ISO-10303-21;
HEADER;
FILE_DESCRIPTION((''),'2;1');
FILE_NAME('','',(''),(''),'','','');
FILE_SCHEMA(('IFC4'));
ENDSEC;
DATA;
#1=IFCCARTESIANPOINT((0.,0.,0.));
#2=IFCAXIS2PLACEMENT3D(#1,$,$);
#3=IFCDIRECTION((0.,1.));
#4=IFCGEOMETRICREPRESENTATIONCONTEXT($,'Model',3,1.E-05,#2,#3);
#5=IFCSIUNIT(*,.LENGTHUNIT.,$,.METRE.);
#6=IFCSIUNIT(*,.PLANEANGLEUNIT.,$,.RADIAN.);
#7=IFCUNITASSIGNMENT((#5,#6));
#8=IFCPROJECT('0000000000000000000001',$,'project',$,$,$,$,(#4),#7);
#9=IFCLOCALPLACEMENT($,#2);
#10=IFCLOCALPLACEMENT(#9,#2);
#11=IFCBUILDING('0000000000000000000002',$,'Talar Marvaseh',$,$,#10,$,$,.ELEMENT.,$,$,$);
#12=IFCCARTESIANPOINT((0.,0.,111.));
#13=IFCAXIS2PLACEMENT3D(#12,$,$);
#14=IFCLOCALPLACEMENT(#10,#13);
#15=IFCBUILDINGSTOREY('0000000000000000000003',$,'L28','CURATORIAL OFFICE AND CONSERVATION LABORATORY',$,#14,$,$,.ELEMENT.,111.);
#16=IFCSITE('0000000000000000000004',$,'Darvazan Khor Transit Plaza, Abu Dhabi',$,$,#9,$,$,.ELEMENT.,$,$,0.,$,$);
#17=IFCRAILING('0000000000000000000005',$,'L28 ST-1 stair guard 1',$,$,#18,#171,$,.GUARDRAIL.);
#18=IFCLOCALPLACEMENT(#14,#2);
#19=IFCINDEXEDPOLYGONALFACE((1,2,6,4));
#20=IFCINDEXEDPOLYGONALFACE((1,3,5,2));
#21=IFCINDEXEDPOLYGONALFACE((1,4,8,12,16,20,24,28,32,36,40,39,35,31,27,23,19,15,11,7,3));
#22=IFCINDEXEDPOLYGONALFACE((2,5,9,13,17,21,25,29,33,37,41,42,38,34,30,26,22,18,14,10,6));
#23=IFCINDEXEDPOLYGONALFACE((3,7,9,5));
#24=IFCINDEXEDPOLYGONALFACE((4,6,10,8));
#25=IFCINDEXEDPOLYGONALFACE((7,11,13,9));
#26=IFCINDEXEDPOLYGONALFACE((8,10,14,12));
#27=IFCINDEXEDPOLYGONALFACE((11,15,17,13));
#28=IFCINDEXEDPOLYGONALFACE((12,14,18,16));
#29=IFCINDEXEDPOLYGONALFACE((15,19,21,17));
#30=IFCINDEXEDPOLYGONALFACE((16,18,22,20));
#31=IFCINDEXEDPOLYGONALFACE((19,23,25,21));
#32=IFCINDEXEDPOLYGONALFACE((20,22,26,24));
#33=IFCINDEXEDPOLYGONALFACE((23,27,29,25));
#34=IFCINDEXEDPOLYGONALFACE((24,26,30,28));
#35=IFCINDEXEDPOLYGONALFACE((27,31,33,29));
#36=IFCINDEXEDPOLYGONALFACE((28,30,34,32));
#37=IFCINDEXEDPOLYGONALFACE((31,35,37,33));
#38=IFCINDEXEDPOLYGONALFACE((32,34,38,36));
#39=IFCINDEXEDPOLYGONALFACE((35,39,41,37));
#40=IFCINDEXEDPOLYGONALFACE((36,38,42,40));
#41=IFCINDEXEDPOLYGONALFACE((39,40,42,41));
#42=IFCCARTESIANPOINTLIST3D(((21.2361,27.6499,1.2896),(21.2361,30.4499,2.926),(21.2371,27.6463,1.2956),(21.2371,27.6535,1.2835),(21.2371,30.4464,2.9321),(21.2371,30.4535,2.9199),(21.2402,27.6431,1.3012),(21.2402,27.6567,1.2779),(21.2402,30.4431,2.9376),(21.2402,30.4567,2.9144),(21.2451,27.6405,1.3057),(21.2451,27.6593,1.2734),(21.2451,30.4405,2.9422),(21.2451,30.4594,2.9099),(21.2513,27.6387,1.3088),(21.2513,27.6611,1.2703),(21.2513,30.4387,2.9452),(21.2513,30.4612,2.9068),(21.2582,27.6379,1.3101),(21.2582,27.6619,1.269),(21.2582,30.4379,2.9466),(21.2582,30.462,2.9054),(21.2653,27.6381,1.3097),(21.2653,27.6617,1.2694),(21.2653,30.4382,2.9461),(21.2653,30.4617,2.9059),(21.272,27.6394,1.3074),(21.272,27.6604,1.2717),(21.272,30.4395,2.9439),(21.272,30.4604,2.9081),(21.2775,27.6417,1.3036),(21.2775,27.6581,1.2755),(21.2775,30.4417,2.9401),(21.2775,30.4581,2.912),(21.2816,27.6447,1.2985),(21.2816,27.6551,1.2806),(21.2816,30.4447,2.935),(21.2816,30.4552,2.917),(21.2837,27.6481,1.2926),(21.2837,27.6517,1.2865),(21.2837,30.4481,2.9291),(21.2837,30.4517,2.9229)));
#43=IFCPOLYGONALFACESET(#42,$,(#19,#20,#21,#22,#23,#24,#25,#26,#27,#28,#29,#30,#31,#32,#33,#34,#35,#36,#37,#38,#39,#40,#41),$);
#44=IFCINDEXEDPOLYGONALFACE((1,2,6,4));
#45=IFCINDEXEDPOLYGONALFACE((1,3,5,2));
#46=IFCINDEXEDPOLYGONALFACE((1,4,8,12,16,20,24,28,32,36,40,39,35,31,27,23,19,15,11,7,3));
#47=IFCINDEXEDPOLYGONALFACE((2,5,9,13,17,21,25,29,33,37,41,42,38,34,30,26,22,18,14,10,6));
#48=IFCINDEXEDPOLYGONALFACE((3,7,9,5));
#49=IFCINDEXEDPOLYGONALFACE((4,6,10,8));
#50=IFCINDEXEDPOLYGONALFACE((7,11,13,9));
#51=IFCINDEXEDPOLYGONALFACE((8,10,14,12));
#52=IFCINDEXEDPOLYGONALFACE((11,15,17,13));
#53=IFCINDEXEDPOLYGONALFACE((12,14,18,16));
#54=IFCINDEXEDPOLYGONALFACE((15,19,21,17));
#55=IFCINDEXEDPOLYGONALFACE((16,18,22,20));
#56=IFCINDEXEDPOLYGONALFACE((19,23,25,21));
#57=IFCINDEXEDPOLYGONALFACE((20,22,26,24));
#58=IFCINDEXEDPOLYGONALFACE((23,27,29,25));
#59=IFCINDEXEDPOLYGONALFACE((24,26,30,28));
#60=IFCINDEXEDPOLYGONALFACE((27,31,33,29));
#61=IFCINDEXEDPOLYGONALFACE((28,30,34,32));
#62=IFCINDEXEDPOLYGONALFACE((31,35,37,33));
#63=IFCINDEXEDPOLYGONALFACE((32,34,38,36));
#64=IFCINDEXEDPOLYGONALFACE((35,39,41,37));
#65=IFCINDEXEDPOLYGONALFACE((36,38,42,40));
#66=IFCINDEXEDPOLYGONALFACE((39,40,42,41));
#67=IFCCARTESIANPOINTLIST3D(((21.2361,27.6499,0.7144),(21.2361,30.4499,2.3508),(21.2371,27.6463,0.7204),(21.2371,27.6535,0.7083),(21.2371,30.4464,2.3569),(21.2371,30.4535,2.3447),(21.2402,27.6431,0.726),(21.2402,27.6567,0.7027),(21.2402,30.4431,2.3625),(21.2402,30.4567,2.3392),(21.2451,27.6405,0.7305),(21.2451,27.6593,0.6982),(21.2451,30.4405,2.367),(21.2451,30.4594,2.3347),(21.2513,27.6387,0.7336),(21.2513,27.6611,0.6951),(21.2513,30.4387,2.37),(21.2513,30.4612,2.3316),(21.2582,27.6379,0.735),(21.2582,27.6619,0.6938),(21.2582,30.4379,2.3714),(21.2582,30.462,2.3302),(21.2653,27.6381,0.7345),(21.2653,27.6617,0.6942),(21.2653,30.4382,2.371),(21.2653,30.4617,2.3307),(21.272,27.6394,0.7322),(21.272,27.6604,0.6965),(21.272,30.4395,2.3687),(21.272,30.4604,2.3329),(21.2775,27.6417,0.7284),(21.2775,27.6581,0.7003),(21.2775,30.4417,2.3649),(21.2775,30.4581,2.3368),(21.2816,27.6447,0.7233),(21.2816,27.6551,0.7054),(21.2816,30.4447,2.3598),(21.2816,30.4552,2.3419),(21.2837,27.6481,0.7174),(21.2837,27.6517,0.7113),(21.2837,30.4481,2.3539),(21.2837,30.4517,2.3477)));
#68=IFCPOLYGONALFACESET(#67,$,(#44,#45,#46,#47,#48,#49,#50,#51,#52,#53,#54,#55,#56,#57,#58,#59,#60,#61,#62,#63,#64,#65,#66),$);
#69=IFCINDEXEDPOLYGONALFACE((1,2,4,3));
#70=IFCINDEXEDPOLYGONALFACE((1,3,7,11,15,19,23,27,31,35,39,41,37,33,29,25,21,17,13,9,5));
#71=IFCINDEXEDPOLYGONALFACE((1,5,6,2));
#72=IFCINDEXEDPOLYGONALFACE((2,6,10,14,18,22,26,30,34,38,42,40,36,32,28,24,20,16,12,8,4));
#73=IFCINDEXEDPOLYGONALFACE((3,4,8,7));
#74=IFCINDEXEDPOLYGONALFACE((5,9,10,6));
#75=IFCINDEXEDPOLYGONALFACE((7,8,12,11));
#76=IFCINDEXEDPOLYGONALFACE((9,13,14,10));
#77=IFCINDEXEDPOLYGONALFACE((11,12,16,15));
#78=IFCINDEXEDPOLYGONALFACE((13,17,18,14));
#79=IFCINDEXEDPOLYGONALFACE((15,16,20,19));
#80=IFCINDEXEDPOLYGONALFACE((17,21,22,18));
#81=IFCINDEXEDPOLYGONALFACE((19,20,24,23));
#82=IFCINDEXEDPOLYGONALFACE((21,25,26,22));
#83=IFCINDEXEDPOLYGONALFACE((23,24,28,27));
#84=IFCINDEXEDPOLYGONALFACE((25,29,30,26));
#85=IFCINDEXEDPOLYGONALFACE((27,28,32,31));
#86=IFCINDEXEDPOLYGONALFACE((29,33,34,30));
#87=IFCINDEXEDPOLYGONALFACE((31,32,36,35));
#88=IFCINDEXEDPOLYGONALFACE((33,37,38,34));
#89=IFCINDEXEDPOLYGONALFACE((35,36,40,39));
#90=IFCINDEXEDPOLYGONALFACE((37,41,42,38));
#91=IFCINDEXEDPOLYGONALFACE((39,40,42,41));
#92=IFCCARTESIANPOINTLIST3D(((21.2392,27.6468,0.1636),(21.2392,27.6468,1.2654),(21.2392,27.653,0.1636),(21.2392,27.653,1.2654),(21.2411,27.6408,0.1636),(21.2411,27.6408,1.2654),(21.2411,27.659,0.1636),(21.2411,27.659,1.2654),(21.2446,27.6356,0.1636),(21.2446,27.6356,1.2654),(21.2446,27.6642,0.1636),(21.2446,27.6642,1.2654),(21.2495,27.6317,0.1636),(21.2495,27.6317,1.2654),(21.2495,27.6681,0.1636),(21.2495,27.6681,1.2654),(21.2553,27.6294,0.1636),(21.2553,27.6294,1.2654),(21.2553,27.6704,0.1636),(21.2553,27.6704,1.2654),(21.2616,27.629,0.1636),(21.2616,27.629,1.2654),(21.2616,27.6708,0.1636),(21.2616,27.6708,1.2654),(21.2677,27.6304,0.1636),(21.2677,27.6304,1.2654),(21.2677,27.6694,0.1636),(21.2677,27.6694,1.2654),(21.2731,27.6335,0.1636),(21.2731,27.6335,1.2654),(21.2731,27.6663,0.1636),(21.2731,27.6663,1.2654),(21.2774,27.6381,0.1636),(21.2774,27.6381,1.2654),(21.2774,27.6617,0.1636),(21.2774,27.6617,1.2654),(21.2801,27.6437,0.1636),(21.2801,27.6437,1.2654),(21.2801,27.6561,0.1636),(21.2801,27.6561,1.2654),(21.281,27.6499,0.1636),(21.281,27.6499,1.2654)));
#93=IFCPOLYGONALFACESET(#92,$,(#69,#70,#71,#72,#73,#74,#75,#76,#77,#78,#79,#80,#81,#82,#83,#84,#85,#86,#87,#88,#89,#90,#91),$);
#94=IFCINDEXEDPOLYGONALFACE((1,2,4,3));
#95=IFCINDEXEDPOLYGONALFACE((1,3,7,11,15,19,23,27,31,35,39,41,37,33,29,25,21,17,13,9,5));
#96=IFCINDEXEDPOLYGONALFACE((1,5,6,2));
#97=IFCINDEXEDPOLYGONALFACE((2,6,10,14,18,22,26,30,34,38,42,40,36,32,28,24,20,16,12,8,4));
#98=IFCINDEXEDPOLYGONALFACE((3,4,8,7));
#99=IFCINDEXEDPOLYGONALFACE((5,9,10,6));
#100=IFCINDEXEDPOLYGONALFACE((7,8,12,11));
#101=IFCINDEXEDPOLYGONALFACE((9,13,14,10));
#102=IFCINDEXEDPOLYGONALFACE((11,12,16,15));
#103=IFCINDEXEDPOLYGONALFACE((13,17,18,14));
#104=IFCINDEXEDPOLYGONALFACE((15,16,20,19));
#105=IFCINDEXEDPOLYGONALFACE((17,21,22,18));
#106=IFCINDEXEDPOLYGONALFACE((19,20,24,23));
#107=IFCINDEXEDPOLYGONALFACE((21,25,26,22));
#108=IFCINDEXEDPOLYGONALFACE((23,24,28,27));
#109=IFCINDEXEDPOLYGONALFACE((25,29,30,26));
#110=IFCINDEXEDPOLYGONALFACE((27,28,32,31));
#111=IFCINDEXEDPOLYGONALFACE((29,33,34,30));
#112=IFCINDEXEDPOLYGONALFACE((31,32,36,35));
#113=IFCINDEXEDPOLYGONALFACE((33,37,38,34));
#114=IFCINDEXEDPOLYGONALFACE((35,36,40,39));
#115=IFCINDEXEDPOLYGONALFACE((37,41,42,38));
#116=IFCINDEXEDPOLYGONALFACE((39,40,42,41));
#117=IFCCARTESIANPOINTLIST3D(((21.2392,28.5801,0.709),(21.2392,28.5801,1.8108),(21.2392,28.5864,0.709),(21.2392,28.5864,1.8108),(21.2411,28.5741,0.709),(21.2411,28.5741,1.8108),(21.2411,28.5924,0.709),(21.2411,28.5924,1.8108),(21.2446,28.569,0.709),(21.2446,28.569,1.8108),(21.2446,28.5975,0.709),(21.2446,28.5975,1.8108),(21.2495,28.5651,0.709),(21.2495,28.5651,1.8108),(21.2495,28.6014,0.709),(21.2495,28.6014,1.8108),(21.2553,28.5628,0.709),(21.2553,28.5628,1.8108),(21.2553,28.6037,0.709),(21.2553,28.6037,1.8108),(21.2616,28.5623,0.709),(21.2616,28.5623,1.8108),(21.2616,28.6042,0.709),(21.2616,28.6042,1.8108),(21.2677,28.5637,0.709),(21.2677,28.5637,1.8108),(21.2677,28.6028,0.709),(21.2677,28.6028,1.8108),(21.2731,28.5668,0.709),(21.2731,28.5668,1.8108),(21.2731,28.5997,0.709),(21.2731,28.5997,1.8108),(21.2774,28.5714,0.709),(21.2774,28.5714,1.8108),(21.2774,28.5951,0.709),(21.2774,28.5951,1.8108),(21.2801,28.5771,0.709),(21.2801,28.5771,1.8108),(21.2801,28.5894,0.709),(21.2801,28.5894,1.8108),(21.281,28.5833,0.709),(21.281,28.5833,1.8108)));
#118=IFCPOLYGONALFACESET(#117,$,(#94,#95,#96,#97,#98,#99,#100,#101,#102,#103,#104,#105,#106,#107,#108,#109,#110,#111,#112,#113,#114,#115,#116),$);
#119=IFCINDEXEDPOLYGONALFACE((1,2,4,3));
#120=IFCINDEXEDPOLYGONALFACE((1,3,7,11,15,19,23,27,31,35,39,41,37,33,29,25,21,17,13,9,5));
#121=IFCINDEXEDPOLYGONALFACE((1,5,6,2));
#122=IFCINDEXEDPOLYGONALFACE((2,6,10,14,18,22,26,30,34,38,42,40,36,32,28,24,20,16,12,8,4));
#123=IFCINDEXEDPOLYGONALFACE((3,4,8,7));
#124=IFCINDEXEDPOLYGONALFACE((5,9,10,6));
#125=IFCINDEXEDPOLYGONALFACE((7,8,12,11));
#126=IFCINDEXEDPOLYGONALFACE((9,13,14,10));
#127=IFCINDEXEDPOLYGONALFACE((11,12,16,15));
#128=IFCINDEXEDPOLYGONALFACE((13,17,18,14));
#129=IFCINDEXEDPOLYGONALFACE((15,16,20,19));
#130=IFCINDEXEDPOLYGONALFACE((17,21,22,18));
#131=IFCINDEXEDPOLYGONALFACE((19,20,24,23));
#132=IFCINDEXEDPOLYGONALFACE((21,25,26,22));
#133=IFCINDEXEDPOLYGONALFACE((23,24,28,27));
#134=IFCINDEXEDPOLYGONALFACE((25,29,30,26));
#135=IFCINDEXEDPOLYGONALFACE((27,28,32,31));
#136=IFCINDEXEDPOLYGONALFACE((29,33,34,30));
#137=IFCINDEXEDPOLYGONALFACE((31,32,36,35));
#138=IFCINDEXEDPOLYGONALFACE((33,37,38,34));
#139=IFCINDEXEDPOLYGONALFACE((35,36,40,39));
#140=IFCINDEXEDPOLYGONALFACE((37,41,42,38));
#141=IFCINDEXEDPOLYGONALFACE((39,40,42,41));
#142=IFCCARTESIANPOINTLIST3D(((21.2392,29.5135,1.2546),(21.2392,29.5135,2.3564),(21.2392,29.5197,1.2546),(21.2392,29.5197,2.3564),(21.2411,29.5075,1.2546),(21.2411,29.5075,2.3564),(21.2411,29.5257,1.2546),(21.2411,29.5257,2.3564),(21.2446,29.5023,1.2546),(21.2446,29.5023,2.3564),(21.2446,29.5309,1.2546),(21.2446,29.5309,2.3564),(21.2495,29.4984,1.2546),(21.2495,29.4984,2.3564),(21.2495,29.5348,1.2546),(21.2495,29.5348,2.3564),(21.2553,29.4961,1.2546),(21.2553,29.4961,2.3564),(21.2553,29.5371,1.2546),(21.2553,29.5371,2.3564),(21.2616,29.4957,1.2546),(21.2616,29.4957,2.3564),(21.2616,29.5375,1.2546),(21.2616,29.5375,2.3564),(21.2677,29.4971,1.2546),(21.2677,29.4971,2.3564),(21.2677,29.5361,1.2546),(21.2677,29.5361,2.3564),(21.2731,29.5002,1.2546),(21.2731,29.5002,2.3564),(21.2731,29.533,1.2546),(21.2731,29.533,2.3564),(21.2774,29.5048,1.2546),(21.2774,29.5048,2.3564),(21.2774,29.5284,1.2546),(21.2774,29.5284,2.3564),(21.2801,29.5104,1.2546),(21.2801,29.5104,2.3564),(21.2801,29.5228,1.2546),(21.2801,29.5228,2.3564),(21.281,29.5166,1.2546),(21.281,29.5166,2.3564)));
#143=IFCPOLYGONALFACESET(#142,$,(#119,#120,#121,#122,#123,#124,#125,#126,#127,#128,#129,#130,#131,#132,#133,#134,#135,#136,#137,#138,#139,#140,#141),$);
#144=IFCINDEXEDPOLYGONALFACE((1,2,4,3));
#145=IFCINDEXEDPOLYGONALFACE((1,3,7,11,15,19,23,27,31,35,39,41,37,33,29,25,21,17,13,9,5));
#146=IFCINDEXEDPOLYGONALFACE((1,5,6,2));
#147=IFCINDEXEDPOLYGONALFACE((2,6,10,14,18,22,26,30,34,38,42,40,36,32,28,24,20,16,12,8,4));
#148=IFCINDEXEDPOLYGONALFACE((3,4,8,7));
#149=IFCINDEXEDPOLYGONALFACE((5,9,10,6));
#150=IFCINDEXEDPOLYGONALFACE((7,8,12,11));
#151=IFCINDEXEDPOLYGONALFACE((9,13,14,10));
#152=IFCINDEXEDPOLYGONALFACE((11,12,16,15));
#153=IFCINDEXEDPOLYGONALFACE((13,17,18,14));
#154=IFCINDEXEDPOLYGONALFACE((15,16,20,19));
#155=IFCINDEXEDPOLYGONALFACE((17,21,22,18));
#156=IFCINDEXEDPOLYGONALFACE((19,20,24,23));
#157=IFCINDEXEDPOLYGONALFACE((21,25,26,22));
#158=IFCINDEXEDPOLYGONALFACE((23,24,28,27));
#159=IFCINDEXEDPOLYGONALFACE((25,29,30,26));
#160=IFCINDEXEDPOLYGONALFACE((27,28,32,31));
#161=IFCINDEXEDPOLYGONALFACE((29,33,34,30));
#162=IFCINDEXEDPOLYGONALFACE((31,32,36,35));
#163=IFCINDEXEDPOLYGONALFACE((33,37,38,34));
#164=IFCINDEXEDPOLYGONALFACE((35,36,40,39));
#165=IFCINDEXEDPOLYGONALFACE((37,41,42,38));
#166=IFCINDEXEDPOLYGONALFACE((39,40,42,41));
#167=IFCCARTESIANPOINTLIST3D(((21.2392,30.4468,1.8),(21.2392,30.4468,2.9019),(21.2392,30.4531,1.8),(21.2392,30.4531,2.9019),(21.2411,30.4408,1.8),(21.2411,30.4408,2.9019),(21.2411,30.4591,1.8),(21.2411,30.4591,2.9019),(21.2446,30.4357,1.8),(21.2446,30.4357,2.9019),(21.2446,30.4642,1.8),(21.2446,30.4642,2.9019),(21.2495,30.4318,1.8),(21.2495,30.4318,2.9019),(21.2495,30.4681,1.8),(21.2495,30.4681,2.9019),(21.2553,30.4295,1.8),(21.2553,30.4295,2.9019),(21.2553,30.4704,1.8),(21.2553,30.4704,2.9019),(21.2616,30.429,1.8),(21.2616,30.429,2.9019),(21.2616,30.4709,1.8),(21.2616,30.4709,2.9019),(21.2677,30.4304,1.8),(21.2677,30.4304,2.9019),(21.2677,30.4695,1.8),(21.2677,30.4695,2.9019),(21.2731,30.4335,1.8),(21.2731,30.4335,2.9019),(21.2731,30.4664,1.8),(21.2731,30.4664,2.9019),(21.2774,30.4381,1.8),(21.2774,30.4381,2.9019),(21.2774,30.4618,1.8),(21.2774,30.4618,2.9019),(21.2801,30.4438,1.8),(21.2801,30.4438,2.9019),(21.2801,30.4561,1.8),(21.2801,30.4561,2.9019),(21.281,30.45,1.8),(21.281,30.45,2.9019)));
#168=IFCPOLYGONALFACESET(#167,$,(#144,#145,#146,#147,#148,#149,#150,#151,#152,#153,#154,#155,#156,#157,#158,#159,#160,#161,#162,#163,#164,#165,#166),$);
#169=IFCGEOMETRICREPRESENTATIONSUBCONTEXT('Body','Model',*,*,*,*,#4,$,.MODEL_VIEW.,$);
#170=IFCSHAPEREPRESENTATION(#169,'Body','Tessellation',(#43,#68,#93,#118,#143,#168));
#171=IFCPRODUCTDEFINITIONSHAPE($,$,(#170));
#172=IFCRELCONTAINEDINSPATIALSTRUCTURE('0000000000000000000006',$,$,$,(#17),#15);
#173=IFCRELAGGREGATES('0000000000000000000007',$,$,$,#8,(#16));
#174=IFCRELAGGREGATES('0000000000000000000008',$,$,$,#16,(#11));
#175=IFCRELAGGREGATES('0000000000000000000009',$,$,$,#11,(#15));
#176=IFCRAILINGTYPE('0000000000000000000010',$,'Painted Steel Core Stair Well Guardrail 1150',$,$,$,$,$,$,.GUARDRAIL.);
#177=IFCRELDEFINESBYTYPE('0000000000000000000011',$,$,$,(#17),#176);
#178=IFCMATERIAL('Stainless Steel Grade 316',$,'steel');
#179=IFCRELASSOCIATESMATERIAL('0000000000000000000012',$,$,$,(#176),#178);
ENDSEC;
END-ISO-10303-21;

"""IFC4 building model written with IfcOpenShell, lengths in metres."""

from ifc_helpers import new_model, si_unit, direction, frame, origin, origin_2d, place, context, subcontext, project, spatial, circle, extrude, material, type_object, element, save


model = new_model("IFC4")

# Units and contexts
model_context = context("Model", 3, precision=1e-05, world=origin(), true_north=direction((0.0, 1.0)))
body_context = subcontext(model_context, "Body", "Model", "MODEL_VIEW")
ifc_project = project(units=[si_unit("LENGTHUNIT", "METRE"), si_unit("PLANEANGLEUNIT", "RADIAN")], contexts=[model_context])

# Site, building, storey
site_placement = place(None, origin())
site = spatial("IfcSite", under=ifc_project, at=site_placement, Name="Darvazan Khor Transit Plaza, Abu Dhabi", CompositionType="ELEMENT", RefElevation=0.0)
building_placement = place(site_placement, origin())
building = spatial("IfcBuilding", under=site, at=building_placement, Name="Talar Marvaseh", CompositionType="ELEMENT")
storey_placement = place(building_placement, frame((0.0, 0.0, 111.0)))
storey = spatial("IfcBuildingStorey", under=building, at=storey_placement, Name="L28", Description="CURATORIAL OFFICE AND CONSERVATION LABORATORY", CompositionType="ELEMENT", Elevation=111.0)

# Railing
ifc_material_1 = material(Name="Stainless Steel Grade 316", Category="steel")
railing_type_1 = type_object("IfcRailingType", Name="Painted Steel Core Stair Well Guardrail 1150", PredefinedType="GUARDRAIL", material=ifc_material_1)
railing_1_placement = place(storey_placement, frame((21.26, 27.6499, 0.1636)))
element("IfcRailing", 1, at=railing_1_placement, inside=storey, type_object=railing_type_1, Name="L28 ST-1 stair guard 1", PredefinedType="GUARDRAIL", context=body_context, shape_type="SweptSolid", body=[
    extrude(circle(Radius=0.0239, at=origin_2d()), frame((0.0, 0.0, 1.126), z_axis=(0.0, 0.863361, 0.504587), x_axis=(-1.0, 0.0, 0.0)), (0.0, 0.0, 1.0), 3.2432),
    extrude(circle(Radius=0.0239, at=origin_2d()), frame((0.0, 0.0, 0.5508), z_axis=(0.0, 0.863361, 0.504587), x_axis=(-1.0, 0.0, 0.0)), (0.0, 0.0, 1.0), 3.2432),
    extrude(circle(Radius=0.021, at=origin_2d()), origin(), (0.0, 0.0, 1.0), 1.1018),
    extrude(circle(Radius=0.021, at=origin_2d()), frame((0.0, 0.9333, 0.5454)), (0.0, 0.0, 1.0), 1.1018),
    extrude(circle(Radius=0.021, at=origin_2d()), frame((0.0, 1.8667, 1.0911)), (0.0, 0.0, 1.0), 1.1018),
    extrude(circle(Radius=0.021, at=origin_2d()), frame((0.0, 2.8, 1.6365)), (0.0, 0.0, 1.0), 1.1018),
])

save(model, "model.ifc")
